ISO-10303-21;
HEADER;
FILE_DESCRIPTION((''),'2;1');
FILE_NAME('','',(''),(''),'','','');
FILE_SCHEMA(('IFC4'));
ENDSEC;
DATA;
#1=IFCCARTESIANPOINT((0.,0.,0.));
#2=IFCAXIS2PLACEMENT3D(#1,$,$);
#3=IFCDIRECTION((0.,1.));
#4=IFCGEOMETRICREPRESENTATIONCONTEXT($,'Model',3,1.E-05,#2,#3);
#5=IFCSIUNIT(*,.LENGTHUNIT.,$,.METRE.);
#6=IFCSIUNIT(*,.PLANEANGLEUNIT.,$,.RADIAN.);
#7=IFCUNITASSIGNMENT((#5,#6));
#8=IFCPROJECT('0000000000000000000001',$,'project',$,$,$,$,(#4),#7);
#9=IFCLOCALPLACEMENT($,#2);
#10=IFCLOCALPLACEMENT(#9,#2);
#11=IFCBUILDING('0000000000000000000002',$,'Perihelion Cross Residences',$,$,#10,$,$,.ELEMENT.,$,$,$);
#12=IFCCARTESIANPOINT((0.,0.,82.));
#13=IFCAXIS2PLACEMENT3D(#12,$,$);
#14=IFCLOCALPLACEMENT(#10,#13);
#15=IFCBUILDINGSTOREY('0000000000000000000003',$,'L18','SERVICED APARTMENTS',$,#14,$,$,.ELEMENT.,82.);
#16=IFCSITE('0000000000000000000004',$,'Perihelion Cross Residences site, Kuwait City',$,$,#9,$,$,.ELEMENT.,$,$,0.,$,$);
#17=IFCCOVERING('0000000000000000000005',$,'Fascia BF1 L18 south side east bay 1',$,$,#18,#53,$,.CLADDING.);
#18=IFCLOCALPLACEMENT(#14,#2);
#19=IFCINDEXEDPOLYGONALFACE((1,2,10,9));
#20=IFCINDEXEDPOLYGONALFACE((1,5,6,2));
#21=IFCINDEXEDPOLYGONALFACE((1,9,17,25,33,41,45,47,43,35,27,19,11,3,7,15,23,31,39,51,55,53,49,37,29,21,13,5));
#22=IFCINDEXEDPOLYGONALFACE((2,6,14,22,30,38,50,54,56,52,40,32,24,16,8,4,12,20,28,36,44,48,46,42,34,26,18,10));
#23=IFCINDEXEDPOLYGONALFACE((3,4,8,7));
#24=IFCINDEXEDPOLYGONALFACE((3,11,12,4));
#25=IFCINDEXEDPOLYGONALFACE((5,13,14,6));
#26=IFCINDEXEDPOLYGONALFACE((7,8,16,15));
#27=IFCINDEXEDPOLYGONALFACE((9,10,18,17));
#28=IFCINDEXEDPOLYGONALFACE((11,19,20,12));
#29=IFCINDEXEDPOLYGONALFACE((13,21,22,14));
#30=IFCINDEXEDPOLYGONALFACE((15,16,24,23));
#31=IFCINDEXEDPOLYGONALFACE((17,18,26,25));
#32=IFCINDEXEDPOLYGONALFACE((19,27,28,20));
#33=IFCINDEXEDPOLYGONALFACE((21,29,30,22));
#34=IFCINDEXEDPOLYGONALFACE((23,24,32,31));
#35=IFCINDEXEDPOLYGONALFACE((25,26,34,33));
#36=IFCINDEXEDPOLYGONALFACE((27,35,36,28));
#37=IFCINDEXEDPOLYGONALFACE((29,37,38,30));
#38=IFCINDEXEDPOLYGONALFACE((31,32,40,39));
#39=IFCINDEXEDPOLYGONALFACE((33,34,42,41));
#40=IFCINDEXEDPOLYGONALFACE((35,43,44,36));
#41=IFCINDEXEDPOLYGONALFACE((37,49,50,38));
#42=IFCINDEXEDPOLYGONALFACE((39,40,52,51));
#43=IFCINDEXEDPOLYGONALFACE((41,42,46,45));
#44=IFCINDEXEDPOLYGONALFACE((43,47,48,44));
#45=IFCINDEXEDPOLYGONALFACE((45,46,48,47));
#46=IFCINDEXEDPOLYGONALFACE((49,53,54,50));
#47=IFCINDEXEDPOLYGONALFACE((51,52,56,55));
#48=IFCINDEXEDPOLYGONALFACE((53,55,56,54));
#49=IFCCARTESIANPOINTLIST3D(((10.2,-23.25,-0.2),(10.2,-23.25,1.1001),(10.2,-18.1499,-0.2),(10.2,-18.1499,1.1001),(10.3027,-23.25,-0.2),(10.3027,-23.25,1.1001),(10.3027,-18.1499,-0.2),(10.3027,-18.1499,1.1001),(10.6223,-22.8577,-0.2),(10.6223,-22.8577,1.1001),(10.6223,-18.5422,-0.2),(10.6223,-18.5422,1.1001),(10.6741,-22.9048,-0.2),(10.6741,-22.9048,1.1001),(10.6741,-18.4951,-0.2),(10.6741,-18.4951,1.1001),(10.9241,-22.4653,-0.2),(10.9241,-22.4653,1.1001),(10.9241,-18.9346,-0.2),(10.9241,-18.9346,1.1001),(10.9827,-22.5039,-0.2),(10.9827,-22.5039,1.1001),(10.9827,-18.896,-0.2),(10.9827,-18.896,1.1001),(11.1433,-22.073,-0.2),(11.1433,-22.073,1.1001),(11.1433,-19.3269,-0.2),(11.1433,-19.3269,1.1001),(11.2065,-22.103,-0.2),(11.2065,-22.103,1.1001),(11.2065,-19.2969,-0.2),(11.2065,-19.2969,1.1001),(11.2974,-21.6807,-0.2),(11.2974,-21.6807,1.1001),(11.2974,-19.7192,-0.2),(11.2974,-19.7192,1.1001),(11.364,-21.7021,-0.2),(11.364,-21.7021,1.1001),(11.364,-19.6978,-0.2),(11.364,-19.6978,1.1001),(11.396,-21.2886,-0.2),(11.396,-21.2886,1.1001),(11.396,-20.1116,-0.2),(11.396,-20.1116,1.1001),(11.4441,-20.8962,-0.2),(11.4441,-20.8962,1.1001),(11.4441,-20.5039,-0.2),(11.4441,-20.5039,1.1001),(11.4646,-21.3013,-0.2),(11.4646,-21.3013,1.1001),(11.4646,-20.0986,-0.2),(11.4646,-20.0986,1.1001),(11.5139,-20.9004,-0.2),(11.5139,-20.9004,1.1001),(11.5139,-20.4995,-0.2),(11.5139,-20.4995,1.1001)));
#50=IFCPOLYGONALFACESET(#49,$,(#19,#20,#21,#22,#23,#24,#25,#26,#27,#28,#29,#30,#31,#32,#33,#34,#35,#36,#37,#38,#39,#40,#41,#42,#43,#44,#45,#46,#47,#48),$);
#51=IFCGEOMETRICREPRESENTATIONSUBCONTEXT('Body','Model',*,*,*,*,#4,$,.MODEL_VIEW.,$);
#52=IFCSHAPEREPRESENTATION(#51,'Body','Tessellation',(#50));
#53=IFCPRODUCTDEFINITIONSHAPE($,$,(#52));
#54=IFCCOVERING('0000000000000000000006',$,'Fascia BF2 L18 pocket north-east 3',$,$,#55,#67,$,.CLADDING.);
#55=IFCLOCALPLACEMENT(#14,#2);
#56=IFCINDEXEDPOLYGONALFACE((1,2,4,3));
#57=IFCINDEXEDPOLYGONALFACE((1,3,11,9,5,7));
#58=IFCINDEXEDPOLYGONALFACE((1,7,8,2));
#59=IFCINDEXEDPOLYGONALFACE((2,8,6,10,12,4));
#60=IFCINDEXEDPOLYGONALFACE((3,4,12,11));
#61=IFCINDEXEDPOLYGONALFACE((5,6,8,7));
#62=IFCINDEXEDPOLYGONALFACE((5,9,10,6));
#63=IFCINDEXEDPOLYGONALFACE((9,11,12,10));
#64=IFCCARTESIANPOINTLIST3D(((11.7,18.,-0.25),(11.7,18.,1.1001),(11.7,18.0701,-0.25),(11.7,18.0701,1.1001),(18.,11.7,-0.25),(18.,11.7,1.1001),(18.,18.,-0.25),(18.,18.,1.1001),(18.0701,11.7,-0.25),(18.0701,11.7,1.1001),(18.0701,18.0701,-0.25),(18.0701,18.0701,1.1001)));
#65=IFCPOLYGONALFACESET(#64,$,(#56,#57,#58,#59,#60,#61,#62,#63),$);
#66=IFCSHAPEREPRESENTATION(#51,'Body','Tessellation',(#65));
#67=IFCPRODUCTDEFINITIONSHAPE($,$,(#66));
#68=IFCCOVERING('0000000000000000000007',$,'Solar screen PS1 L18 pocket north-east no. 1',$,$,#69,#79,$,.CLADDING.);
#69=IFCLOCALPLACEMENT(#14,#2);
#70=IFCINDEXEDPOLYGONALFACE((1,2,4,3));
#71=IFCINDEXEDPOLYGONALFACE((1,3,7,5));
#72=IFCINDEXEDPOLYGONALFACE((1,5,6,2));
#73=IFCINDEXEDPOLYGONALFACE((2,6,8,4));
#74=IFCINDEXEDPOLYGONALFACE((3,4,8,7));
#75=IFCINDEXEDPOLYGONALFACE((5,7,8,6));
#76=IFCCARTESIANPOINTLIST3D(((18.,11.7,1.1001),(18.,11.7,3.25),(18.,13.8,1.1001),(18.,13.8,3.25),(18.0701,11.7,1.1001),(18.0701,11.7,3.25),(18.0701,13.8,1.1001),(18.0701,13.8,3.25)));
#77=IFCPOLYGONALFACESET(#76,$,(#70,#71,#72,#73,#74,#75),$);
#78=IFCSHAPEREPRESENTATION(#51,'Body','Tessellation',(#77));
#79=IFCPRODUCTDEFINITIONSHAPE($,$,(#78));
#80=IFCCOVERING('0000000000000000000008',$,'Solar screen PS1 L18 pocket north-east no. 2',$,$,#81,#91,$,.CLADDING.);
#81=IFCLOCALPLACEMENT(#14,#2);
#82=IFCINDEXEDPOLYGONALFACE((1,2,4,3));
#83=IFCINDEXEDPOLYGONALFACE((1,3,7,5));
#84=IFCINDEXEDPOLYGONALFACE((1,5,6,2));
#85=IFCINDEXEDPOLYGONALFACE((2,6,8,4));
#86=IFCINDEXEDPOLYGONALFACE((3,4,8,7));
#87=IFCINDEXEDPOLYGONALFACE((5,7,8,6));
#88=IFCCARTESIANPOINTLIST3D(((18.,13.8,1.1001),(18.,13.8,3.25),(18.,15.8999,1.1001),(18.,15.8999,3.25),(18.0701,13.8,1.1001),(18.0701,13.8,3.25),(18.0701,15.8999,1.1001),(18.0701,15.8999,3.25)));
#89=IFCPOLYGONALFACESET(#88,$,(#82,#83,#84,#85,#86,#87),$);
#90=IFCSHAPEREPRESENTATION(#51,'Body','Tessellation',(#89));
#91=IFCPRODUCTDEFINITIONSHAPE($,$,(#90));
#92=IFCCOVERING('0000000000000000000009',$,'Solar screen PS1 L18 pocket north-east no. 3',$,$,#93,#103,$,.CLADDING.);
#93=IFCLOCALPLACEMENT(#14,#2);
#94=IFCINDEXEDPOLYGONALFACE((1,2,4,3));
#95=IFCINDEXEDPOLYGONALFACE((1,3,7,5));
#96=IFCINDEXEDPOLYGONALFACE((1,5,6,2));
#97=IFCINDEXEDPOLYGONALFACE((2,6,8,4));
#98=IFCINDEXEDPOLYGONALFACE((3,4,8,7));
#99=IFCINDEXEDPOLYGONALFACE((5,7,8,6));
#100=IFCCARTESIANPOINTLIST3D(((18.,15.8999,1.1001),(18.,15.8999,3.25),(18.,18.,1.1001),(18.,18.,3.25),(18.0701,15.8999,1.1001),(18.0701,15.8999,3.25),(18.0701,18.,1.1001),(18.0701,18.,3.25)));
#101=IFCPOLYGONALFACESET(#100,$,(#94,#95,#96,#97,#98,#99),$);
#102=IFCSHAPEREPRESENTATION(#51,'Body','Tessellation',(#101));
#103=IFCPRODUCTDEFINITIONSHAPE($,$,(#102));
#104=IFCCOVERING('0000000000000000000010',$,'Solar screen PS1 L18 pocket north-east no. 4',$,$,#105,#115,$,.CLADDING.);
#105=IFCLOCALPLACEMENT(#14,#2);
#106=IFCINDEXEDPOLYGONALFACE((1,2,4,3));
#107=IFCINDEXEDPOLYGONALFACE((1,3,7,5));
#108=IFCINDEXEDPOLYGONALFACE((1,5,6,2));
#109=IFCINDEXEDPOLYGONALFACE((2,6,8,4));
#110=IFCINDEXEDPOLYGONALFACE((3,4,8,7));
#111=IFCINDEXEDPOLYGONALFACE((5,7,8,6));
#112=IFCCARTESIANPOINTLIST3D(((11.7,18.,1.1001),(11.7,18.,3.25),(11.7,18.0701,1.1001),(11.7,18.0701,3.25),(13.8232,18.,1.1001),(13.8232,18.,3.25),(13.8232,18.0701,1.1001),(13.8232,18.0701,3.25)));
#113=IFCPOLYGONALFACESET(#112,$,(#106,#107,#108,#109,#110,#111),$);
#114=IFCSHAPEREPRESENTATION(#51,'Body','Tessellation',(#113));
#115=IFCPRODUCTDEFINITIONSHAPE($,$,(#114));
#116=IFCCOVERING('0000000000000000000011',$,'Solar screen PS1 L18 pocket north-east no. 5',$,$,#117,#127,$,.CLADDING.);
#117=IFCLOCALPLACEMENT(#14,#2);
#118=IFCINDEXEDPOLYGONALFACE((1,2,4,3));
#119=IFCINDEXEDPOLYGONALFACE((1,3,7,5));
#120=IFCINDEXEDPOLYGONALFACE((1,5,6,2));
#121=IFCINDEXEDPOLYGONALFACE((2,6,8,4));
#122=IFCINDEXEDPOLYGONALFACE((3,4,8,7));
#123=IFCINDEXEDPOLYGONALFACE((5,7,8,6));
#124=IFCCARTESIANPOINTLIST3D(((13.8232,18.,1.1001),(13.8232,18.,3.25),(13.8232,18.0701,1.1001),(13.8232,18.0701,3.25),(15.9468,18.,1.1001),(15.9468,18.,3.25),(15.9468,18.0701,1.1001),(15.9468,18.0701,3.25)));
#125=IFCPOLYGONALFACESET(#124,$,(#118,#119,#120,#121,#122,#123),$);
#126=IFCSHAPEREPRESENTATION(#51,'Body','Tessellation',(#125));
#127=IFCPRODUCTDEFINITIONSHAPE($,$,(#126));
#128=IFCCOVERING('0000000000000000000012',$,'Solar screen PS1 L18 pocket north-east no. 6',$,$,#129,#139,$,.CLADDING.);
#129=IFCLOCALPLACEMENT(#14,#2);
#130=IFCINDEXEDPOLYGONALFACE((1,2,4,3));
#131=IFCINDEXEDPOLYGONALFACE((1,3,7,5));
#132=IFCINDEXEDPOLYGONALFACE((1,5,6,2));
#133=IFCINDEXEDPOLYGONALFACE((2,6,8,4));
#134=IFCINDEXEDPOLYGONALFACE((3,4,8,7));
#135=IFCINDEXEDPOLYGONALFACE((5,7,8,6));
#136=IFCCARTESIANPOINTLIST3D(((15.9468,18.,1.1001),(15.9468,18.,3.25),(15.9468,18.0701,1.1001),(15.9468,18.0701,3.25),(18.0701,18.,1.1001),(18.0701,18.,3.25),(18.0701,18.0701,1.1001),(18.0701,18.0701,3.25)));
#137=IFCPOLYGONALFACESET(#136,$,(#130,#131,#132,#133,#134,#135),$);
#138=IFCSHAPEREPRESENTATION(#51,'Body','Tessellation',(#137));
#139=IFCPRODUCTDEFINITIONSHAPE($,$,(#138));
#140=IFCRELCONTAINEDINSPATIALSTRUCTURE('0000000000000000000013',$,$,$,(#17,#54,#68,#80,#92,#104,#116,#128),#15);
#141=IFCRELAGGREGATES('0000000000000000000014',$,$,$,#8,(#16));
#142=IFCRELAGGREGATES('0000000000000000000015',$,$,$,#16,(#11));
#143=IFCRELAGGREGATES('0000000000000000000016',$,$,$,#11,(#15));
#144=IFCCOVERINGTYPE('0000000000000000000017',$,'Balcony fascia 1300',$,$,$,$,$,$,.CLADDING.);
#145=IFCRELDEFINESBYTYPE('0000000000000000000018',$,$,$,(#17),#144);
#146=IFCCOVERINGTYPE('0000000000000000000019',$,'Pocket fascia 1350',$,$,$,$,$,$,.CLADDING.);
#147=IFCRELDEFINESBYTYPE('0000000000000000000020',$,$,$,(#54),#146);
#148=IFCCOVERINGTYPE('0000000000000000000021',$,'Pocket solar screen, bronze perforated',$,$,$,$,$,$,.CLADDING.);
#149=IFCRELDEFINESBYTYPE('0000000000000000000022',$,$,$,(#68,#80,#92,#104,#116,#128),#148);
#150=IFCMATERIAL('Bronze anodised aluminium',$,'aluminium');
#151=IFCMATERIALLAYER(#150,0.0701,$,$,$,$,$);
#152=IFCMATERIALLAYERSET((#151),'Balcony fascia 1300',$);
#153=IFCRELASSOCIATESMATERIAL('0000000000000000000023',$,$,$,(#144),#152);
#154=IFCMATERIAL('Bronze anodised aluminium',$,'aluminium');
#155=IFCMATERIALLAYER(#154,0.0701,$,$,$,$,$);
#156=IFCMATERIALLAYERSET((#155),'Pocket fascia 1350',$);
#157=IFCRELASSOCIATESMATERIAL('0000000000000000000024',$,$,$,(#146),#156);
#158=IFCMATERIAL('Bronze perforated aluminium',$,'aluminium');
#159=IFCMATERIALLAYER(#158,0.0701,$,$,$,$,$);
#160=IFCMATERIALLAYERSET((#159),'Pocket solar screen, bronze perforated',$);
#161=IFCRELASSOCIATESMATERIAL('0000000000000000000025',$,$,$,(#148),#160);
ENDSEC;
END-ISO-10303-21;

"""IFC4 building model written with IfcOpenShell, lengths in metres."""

from ifc_helpers import new_model, si_unit, direction, frame, origin, place, context, subcontext, project, spatial, polyline, outline, extrude, material, layer, layer_set, type_object, element, save


model = new_model("IFC4")

# Units and contexts
model_context = context("Model", 3, precision=1e-05, world=origin(), true_north=direction((0.0, 1.0)))
body_context = subcontext(model_context, "Body", "Model", "MODEL_VIEW")
ifc_project = project(units=[si_unit("LENGTHUNIT", "METRE"), si_unit("PLANEANGLEUNIT", "RADIAN")], contexts=[model_context])

# Site, building, storey
site_placement = place(None, origin())
site = spatial("IfcSite", under=ifc_project, at=site_placement, Name="Perihelion Cross Residences site, Kuwait City", CompositionType="ELEMENT", RefElevation=0.0)
building_placement = place(site_placement, origin())
building = spatial("IfcBuilding", under=site, at=building_placement, Name="Perihelion Cross Residences", CompositionType="ELEMENT")
storey_placement = place(building_placement, frame((0.0, 0.0, 82.0)))
storey = spatial("IfcBuildingStorey", under=building, at=storey_placement, Name="L18", Description="SERVICED APARTMENTS", CompositionType="ELEMENT", Elevation=82.0)

# Coverings
ifc_material_1 = material(Name="Bronze anodised aluminium", Category="aluminium")
ifc_layer_1 = layer(ifc_material_1, 0.0701)
ifc_layer_set_1 = layer_set([ifc_layer_1], Name="Balcony fascia 1300")
covering_type_1 = type_object("IfcCoveringType", Name="Balcony fascia 1300", PredefinedType="CLADDING", material=ifc_layer_set_1)
covering_1_placement = place(storey_placement, frame((0.0, 0.0, -0.2)))
element("IfcCovering", 1, at=covering_1_placement, inside=storey, type_object=covering_type_1, Name="Fascia BF1 L18 south side east bay 1", PredefinedType="CLADDING", context=body_context, shape_type="SweptSolid", body=[
    extrude(outline(polyline([(10.6741, -22.9048), (10.9827, -22.5039), (11.2065, -22.103), (11.364, -21.7021), (11.4646, -21.3013), (11.5139, -20.9004), (11.5139, -20.4995), (11.4646, -20.0986), (11.364, -19.6978), (11.2065, -19.2969), (10.9827, -18.896), (10.6741, -18.4951), (10.3027, -18.1499), (10.2, -18.1499), (10.6223, -18.5422), (10.9241, -18.9346), (11.1433, -19.3269), (11.2974, -19.7192), (11.396, -20.1116), (11.4441, -20.5039), (11.4441, -20.8962), (11.396, -21.2886), (11.2974, -21.6807), (11.1433, -22.073), (10.9241, -22.4653), (10.6223, -22.8577), (10.2, -23.25), (10.3027, -23.25), (10.6741, -22.9048)])), origin(), (0.0, 0.0, 1.0), 1.3),
])
ifc_material_2 = material(Name="Bronze anodised aluminium", Category="aluminium")
ifc_layer_2 = layer(ifc_material_2, 0.0701)
ifc_layer_set_2 = layer_set([ifc_layer_2], Name="Pocket fascia 1350")
covering_type_2 = type_object("IfcCoveringType", Name="Pocket fascia 1350", PredefinedType="CLADDING", material=ifc_layer_set_2)
covering_2_placement = place(storey_placement, frame((0.0, 0.0, -0.25)))
element("IfcCovering", 2, at=covering_2_placement, inside=storey, type_object=covering_type_2, Name="Fascia BF2 L18 pocket north-east 3", PredefinedType="CLADDING", context=body_context, shape_type="SweptSolid", body=[
    extrude(outline(polyline([(18.0701, 18.0701), (11.7, 18.0701), (11.7, 18.0), (18.0, 18.0), (18.0, 11.7), (18.0701, 11.7), (18.0701, 18.0701)])), origin(), (0.0, 0.0, 1.0), 1.3501),
])
ifc_material_3 = material(Name="Bronze perforated aluminium", Category="aluminium")
ifc_layer_3 = layer(ifc_material_3, 0.0701)
ifc_layer_set_3 = layer_set([ifc_layer_3], Name="Pocket solar screen, bronze perforated")
covering_type_3 = type_object("IfcCoveringType", Name="Pocket solar screen, bronze perforated", PredefinedType="CLADDING", material=ifc_layer_set_3)
covering_3_placement = place(storey_placement, frame((0.0, 0.0, 1.1001)))
element("IfcCovering", 3, at=covering_3_placement, inside=storey, type_object=covering_type_3, Name="Solar screen PS1 L18 pocket north-east no. 1", PredefinedType="CLADDING", context=body_context, shape_type="SweptSolid", body=[
    extrude(outline(polyline([(18.0701, 11.7), (18.0701, 13.8), (18.0, 13.8), (18.0, 11.7), (18.0701, 11.7)])), origin(), (0.0, 0.0, 1.0), 2.1499),
])
covering_4_placement = place(storey_placement, frame((0.0, 0.0, 1.1001)))
element("IfcCovering", 4, at=covering_4_placement, inside=storey, type_object=covering_type_3, Name="Solar screen PS1 L18 pocket north-east no. 2", PredefinedType="CLADDING", context=body_context, shape_type="SweptSolid", body=[
    extrude(outline(polyline([(18.0701, 13.8), (18.0701, 15.8999), (18.0, 15.8999), (18.0, 13.8), (18.0701, 13.8)])), origin(), (0.0, 0.0, 1.0), 2.1499),
])
covering_5_placement = place(storey_placement, frame((0.0, 0.0, 1.1001)))
element("IfcCovering", 5, at=covering_5_placement, inside=storey, type_object=covering_type_3, Name="Solar screen PS1 L18 pocket north-east no. 3", PredefinedType="CLADDING", context=body_context, shape_type="SweptSolid", body=[
    extrude(outline(polyline([(18.0701, 15.8999), (18.0701, 18.0), (18.0, 18.0), (18.0, 15.8999), (18.0701, 15.8999)])), origin(), (0.0, 0.0, 1.0), 2.1499),
])
covering_6_placement = place(storey_placement, frame((0.0, 0.0, 1.1001)))
element("IfcCovering", 6, at=covering_6_placement, inside=storey, type_object=covering_type_3, Name="Solar screen PS1 L18 pocket north-east no. 4", PredefinedType="CLADDING", context=body_context, shape_type="SweptSolid", body=[
    extrude(outline(polyline([(13.8232, 18.0), (13.8232, 18.0701), (11.7, 18.0701), (11.7, 18.0), (13.8232, 18.0)])), origin(), (0.0, 0.0, 1.0), 2.1499),
])
covering_7_placement = place(storey_placement, frame((0.0, 0.0, 1.1001)))
element("IfcCovering", 7, at=covering_7_placement, inside=storey, type_object=covering_type_3, Name="Solar screen PS1 L18 pocket north-east no. 5", PredefinedType="CLADDING", context=body_context, shape_type="SweptSolid", body=[
    extrude(outline(polyline([(15.9468, 18.0), (15.9468, 18.0701), (13.8232, 18.0701), (13.8232, 18.0), (15.9468, 18.0)])), origin(), (0.0, 0.0, 1.0), 2.1499),
])
covering_8_placement = place(storey_placement, frame((0.0, 0.0, 1.1001)))
element("IfcCovering", 8, at=covering_8_placement, inside=storey, type_object=covering_type_3, Name="Solar screen PS1 L18 pocket north-east no. 6", PredefinedType="CLADDING", context=body_context, shape_type="SweptSolid", body=[
    extrude(outline(polyline([(18.0701, 18.0), (18.0701, 18.0701), (15.9468, 18.0701), (15.9468, 18.0), (18.0701, 18.0)])), origin(), (0.0, 0.0, 1.0), 2.1499),
])

save(model, "model.ifc")
